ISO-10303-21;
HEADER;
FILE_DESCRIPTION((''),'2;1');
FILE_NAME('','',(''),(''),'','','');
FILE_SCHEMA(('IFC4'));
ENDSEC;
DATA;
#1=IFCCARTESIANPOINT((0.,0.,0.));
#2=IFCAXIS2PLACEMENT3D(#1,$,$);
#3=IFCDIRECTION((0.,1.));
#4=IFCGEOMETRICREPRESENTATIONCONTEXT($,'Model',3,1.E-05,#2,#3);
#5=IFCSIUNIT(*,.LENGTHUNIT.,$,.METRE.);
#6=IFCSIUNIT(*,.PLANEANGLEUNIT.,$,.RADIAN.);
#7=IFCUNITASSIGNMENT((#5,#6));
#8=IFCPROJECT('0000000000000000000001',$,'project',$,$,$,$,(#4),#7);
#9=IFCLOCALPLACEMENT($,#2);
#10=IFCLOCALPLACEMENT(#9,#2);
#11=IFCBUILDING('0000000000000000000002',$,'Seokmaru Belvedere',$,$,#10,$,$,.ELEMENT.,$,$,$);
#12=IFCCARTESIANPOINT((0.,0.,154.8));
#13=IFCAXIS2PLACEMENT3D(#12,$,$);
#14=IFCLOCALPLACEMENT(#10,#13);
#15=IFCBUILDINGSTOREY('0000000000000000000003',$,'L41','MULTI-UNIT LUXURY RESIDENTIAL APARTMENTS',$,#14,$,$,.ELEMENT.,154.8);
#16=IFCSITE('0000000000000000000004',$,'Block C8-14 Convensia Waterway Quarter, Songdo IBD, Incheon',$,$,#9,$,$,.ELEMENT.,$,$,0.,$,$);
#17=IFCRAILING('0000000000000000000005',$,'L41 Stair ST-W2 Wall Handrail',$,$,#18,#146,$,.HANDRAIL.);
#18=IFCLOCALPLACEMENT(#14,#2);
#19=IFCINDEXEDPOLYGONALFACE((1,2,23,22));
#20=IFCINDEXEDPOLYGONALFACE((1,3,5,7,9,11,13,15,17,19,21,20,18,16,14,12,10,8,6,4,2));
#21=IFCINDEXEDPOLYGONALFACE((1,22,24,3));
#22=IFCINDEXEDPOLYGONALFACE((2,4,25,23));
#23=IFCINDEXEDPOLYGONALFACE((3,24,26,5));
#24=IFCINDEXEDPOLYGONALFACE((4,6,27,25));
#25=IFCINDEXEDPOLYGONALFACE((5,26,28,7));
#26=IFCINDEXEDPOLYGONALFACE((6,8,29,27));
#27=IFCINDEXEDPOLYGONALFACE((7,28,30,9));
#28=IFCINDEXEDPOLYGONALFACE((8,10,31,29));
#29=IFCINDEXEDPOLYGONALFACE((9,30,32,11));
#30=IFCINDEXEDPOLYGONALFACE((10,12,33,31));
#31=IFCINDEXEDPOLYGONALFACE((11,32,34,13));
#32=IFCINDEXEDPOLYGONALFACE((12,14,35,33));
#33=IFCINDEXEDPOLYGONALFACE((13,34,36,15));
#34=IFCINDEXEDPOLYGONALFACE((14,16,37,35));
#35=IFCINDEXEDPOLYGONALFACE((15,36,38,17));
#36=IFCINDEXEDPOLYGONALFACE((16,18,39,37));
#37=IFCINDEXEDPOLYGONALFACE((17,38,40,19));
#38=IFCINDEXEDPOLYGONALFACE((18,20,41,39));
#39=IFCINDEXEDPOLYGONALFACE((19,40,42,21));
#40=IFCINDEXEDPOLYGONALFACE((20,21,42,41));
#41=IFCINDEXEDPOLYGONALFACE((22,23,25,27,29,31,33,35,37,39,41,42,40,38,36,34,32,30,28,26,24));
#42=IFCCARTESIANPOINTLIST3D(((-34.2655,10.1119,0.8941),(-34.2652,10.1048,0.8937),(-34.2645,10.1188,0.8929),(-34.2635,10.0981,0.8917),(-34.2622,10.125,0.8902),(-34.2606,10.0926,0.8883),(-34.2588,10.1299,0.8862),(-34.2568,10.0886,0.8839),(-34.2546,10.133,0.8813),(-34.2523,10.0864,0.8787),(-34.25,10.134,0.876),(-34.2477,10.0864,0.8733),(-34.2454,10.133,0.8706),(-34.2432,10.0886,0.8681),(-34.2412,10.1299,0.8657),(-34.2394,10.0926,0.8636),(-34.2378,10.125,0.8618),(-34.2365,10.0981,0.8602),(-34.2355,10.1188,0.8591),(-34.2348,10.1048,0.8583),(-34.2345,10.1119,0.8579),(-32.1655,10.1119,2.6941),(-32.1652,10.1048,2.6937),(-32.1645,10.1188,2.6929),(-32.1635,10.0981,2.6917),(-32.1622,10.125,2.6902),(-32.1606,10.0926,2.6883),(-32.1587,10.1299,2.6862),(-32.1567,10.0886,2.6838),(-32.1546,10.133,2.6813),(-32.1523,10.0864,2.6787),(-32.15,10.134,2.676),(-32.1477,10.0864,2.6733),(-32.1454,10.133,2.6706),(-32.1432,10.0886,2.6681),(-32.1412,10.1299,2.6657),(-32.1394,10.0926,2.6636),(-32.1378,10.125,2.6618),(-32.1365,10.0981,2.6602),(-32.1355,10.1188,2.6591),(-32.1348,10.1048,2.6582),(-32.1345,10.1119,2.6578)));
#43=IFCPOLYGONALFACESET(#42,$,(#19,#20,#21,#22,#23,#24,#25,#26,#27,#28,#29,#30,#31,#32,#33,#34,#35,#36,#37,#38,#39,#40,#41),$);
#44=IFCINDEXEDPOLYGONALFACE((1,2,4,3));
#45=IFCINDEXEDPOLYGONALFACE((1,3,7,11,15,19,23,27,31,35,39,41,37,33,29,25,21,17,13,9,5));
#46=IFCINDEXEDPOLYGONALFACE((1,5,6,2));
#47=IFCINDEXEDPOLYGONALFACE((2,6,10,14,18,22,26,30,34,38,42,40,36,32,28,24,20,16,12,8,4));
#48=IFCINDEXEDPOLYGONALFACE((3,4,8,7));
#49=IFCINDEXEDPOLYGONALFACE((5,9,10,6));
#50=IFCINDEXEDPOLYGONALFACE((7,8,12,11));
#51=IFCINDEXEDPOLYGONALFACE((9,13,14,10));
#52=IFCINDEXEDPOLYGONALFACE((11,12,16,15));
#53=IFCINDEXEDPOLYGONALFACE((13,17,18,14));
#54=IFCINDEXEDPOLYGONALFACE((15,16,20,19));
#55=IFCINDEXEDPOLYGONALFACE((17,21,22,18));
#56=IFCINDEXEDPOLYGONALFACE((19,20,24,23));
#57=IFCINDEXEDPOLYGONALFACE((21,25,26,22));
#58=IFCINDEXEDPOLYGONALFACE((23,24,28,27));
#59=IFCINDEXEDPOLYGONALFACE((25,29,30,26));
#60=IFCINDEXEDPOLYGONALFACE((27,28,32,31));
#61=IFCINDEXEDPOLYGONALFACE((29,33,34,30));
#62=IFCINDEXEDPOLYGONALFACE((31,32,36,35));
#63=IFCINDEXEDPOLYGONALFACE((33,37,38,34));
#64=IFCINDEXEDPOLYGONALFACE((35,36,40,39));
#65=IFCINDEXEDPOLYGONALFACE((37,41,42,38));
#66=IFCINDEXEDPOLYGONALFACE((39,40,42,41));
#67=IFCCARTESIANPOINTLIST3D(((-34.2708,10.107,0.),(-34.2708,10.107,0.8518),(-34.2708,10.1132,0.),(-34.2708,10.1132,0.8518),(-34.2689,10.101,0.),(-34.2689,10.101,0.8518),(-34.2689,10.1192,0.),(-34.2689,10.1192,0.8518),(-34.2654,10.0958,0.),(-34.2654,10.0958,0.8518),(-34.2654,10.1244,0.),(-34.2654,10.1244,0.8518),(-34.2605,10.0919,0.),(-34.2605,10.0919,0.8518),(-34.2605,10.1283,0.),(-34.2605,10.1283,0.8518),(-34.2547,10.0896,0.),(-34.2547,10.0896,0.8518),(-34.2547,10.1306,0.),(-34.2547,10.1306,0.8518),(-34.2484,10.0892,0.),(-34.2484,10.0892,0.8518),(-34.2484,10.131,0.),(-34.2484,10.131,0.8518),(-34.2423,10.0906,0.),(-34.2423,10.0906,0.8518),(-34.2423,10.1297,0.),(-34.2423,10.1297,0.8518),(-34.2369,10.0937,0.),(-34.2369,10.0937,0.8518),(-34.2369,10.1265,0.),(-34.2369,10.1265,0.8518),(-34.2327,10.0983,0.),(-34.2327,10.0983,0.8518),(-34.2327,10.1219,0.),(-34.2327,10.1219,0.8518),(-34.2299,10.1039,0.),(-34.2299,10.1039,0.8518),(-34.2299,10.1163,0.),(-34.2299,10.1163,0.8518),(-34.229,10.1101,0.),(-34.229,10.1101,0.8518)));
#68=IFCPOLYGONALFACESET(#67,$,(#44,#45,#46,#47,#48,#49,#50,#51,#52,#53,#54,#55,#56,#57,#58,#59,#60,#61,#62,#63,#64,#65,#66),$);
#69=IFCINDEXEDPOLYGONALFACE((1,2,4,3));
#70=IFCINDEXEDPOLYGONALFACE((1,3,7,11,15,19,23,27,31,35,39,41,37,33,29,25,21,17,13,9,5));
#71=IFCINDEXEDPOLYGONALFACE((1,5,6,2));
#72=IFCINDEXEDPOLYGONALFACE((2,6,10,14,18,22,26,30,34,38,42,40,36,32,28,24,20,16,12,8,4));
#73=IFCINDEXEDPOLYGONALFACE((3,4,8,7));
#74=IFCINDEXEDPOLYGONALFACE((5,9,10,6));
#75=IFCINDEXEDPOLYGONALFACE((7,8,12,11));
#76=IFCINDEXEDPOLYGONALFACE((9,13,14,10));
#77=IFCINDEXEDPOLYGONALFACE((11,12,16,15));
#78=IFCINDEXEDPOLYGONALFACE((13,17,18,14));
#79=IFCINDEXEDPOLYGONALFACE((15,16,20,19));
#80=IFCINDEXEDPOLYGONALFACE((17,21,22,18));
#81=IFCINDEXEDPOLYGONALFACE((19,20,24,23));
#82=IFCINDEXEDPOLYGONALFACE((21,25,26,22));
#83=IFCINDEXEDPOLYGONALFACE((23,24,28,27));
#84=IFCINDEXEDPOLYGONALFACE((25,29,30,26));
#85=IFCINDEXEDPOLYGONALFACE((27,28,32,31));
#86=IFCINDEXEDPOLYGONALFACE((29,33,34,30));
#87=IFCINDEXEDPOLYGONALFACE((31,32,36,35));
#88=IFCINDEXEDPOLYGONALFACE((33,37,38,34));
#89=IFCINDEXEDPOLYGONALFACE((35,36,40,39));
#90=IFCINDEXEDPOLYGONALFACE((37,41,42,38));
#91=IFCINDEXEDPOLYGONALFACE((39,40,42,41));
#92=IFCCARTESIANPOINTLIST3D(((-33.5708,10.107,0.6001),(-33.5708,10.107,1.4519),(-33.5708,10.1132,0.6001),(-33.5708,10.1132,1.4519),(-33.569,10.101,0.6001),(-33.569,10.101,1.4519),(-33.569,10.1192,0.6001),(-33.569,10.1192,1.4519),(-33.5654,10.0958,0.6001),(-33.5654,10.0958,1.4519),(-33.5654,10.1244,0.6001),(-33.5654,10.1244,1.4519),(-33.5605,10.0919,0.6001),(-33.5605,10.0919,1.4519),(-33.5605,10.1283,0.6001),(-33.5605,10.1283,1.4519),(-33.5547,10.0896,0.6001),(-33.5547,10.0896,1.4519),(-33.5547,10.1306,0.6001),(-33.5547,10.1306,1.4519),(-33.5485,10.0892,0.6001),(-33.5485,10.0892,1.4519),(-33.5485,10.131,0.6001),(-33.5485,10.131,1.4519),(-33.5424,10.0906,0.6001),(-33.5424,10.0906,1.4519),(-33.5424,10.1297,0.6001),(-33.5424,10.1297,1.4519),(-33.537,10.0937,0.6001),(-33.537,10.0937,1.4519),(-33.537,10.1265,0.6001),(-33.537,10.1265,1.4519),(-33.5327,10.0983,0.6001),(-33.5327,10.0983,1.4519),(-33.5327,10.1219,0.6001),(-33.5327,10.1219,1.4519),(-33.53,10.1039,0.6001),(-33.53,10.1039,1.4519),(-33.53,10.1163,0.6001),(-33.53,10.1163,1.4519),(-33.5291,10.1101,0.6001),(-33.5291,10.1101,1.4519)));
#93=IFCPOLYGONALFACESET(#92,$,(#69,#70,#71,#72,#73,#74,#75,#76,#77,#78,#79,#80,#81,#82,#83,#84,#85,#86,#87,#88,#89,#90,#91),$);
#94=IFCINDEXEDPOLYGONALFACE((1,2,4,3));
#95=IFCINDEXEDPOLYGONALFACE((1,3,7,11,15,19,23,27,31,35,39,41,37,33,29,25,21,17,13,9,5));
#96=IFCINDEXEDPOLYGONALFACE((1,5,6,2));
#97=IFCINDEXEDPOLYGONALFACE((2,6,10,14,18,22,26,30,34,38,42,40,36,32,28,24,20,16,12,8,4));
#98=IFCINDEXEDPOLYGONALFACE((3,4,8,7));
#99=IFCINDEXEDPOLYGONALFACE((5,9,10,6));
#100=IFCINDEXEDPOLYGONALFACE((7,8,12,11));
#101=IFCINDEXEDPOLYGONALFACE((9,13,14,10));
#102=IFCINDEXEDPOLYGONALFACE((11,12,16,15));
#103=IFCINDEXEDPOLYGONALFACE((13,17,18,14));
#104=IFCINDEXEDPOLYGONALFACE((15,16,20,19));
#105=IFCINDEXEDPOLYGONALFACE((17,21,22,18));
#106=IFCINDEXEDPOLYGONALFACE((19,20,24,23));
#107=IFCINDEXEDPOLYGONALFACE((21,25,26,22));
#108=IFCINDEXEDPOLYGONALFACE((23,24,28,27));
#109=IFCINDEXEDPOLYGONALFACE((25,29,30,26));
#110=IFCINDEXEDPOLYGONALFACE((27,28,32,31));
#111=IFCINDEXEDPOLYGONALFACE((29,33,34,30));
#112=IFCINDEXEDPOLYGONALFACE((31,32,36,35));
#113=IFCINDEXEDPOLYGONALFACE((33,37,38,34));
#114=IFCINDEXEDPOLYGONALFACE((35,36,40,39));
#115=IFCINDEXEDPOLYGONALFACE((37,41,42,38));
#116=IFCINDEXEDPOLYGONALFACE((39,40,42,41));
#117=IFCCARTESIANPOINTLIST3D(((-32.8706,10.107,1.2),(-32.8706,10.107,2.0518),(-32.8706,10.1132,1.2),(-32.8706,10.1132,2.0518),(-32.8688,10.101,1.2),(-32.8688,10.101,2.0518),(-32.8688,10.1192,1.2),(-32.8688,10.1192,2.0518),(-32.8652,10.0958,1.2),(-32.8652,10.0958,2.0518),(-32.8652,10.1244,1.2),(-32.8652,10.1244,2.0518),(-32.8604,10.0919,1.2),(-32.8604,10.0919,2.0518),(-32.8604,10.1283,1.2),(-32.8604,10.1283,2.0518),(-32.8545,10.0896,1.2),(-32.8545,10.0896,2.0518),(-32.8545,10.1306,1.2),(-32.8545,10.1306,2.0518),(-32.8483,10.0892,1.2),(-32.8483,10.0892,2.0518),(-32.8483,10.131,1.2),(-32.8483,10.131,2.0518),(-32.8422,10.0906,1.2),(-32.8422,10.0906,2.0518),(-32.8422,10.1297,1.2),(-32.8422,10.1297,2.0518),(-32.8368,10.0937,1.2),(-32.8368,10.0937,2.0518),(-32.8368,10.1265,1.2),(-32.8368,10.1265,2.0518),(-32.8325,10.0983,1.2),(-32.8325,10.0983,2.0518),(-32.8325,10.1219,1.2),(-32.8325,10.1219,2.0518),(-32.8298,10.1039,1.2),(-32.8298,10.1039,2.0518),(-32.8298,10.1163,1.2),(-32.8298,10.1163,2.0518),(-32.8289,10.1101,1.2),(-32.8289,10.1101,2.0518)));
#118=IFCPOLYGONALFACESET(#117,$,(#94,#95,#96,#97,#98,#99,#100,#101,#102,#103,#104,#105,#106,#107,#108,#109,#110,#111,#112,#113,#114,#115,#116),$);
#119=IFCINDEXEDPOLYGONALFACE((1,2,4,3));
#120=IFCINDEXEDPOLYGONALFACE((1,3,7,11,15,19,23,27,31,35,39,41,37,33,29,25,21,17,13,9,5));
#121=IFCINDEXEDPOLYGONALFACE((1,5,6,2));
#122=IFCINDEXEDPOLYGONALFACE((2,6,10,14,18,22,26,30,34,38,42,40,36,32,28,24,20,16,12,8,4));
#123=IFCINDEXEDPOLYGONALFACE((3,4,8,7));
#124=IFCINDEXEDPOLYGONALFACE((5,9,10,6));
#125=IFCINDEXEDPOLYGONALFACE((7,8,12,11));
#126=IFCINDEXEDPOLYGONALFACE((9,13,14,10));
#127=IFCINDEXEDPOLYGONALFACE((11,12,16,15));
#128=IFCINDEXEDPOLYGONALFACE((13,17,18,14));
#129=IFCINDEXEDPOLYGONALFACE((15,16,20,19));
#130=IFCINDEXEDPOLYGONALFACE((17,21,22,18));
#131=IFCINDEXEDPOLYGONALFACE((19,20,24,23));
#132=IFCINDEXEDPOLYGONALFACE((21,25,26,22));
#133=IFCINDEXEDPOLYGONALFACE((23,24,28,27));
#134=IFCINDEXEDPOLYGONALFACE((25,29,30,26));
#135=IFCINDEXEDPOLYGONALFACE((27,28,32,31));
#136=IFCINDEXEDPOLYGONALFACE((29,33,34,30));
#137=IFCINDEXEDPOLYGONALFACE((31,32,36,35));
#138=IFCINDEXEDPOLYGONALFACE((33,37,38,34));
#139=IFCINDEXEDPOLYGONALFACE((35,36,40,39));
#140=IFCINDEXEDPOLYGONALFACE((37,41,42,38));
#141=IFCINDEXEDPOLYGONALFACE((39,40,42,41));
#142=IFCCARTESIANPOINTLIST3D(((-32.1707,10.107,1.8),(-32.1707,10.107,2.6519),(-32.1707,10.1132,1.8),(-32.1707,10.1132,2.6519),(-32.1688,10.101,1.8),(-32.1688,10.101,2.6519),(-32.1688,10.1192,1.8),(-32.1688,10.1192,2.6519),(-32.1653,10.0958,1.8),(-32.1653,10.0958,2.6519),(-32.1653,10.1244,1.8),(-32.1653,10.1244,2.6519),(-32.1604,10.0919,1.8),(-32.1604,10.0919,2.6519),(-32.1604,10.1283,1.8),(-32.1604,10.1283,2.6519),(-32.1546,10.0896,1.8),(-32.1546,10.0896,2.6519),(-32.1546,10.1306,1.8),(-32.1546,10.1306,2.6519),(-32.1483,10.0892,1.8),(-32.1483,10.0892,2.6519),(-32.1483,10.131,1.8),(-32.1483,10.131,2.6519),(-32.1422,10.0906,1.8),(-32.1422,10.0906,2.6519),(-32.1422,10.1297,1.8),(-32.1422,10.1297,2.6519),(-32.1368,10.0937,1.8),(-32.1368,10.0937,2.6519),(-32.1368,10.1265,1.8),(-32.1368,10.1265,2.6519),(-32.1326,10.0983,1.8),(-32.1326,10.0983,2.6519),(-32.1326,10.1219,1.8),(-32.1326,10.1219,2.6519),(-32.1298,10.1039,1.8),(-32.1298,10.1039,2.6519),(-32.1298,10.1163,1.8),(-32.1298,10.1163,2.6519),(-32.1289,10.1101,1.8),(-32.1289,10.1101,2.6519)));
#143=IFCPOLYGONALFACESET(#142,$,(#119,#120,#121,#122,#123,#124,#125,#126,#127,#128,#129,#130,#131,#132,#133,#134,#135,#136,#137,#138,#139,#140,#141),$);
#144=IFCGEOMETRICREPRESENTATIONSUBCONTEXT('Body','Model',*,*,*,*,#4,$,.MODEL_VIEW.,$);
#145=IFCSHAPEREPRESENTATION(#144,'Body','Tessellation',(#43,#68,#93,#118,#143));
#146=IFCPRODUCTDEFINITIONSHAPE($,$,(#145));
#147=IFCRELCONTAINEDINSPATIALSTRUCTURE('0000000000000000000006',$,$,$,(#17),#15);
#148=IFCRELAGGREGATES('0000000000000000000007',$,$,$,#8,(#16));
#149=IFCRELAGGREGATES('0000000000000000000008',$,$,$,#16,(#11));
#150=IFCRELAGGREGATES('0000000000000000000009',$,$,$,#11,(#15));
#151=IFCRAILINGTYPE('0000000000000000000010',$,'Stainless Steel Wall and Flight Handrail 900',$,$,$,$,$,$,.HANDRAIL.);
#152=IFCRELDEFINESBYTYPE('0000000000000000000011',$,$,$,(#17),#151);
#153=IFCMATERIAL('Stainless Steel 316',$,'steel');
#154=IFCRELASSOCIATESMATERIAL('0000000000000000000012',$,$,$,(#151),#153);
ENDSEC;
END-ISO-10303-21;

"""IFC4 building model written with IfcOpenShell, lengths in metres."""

from ifc_helpers import new_model, si_unit, direction, frame, origin, origin_2d, place, context, subcontext, project, spatial, circle, extrude, material, type_object, element, save


model = new_model("IFC4")

# Units and contexts
model_context = context("Model", 3, precision=1e-05, world=origin(), true_north=direction((0.0, 1.0)))
body_context = subcontext(model_context, "Body", "Model", "MODEL_VIEW")
ifc_project = project(units=[si_unit("LENGTHUNIT", "METRE"), si_unit("PLANEANGLEUNIT", "RADIAN")], contexts=[model_context])

# Site, building, storey
site_placement = place(None, origin())
site = spatial("IfcSite", under=ifc_project, at=site_placement, Name="Block C8-14 Convensia Waterway Quarter, Songdo IBD, Incheon", CompositionType="ELEMENT", RefElevation=0.0)
building_placement = place(site_placement, origin())
building = spatial("IfcBuilding", under=site, at=building_placement, Name="Seokmaru Belvedere", CompositionType="ELEMENT")
storey_placement = place(building_placement, frame((0.0, 0.0, 154.8)))
storey = spatial("IfcBuildingStorey", under=building, at=storey_placement, Name="L41", Description="MULTI-UNIT LUXURY RESIDENTIAL APARTMENTS", CompositionType="ELEMENT", Elevation=154.8)

# Railing
ifc_material_1 = material(Name="Stainless Steel 316", Category="steel")
railing_type_1 = type_object("IfcRailingType", Name="Stainless Steel Wall and Flight Handrail 900", PredefinedType="HANDRAIL", material=ifc_material_1)
railing_1_placement = place(storey_placement, frame((-34.25, 10.1101, 0.0)))
element("IfcRailing", 1, at=railing_1_placement, inside=storey, type_object=railing_type_1, Name="L41 Stair ST-W2 Wall Handrail", PredefinedType="HANDRAIL", context=body_context, shape_type="SweptSolid", body=[
    extrude(circle(Radius=0.0239, at=origin_2d()), frame((0.0, 0.0, 0.876), z_axis=(0.759263, 0.0, 0.650784), x_axis=(0.0, 1.0, 0.0)), (0.0, 0.0, 1.0), 2.7659),
    extrude(circle(Radius=0.021, at=origin_2d()), origin(), (0.0, 0.0, 1.0), 0.8518),
    extrude(circle(Radius=0.021, at=origin_2d()), frame((0.7, 0.0, 0.6001)), (0.0, 0.0, 1.0), 0.8518),
    extrude(circle(Radius=0.021, at=origin_2d()), frame((1.4001, 0.0, 1.2)), (0.0, 0.0, 1.0), 0.8518),
    extrude(circle(Radius=0.021, at=origin_2d()), frame((2.1001, 0.0, 1.8)), (0.0, 0.0, 1.0), 0.8518),
])

save(model, "model.ifc")
